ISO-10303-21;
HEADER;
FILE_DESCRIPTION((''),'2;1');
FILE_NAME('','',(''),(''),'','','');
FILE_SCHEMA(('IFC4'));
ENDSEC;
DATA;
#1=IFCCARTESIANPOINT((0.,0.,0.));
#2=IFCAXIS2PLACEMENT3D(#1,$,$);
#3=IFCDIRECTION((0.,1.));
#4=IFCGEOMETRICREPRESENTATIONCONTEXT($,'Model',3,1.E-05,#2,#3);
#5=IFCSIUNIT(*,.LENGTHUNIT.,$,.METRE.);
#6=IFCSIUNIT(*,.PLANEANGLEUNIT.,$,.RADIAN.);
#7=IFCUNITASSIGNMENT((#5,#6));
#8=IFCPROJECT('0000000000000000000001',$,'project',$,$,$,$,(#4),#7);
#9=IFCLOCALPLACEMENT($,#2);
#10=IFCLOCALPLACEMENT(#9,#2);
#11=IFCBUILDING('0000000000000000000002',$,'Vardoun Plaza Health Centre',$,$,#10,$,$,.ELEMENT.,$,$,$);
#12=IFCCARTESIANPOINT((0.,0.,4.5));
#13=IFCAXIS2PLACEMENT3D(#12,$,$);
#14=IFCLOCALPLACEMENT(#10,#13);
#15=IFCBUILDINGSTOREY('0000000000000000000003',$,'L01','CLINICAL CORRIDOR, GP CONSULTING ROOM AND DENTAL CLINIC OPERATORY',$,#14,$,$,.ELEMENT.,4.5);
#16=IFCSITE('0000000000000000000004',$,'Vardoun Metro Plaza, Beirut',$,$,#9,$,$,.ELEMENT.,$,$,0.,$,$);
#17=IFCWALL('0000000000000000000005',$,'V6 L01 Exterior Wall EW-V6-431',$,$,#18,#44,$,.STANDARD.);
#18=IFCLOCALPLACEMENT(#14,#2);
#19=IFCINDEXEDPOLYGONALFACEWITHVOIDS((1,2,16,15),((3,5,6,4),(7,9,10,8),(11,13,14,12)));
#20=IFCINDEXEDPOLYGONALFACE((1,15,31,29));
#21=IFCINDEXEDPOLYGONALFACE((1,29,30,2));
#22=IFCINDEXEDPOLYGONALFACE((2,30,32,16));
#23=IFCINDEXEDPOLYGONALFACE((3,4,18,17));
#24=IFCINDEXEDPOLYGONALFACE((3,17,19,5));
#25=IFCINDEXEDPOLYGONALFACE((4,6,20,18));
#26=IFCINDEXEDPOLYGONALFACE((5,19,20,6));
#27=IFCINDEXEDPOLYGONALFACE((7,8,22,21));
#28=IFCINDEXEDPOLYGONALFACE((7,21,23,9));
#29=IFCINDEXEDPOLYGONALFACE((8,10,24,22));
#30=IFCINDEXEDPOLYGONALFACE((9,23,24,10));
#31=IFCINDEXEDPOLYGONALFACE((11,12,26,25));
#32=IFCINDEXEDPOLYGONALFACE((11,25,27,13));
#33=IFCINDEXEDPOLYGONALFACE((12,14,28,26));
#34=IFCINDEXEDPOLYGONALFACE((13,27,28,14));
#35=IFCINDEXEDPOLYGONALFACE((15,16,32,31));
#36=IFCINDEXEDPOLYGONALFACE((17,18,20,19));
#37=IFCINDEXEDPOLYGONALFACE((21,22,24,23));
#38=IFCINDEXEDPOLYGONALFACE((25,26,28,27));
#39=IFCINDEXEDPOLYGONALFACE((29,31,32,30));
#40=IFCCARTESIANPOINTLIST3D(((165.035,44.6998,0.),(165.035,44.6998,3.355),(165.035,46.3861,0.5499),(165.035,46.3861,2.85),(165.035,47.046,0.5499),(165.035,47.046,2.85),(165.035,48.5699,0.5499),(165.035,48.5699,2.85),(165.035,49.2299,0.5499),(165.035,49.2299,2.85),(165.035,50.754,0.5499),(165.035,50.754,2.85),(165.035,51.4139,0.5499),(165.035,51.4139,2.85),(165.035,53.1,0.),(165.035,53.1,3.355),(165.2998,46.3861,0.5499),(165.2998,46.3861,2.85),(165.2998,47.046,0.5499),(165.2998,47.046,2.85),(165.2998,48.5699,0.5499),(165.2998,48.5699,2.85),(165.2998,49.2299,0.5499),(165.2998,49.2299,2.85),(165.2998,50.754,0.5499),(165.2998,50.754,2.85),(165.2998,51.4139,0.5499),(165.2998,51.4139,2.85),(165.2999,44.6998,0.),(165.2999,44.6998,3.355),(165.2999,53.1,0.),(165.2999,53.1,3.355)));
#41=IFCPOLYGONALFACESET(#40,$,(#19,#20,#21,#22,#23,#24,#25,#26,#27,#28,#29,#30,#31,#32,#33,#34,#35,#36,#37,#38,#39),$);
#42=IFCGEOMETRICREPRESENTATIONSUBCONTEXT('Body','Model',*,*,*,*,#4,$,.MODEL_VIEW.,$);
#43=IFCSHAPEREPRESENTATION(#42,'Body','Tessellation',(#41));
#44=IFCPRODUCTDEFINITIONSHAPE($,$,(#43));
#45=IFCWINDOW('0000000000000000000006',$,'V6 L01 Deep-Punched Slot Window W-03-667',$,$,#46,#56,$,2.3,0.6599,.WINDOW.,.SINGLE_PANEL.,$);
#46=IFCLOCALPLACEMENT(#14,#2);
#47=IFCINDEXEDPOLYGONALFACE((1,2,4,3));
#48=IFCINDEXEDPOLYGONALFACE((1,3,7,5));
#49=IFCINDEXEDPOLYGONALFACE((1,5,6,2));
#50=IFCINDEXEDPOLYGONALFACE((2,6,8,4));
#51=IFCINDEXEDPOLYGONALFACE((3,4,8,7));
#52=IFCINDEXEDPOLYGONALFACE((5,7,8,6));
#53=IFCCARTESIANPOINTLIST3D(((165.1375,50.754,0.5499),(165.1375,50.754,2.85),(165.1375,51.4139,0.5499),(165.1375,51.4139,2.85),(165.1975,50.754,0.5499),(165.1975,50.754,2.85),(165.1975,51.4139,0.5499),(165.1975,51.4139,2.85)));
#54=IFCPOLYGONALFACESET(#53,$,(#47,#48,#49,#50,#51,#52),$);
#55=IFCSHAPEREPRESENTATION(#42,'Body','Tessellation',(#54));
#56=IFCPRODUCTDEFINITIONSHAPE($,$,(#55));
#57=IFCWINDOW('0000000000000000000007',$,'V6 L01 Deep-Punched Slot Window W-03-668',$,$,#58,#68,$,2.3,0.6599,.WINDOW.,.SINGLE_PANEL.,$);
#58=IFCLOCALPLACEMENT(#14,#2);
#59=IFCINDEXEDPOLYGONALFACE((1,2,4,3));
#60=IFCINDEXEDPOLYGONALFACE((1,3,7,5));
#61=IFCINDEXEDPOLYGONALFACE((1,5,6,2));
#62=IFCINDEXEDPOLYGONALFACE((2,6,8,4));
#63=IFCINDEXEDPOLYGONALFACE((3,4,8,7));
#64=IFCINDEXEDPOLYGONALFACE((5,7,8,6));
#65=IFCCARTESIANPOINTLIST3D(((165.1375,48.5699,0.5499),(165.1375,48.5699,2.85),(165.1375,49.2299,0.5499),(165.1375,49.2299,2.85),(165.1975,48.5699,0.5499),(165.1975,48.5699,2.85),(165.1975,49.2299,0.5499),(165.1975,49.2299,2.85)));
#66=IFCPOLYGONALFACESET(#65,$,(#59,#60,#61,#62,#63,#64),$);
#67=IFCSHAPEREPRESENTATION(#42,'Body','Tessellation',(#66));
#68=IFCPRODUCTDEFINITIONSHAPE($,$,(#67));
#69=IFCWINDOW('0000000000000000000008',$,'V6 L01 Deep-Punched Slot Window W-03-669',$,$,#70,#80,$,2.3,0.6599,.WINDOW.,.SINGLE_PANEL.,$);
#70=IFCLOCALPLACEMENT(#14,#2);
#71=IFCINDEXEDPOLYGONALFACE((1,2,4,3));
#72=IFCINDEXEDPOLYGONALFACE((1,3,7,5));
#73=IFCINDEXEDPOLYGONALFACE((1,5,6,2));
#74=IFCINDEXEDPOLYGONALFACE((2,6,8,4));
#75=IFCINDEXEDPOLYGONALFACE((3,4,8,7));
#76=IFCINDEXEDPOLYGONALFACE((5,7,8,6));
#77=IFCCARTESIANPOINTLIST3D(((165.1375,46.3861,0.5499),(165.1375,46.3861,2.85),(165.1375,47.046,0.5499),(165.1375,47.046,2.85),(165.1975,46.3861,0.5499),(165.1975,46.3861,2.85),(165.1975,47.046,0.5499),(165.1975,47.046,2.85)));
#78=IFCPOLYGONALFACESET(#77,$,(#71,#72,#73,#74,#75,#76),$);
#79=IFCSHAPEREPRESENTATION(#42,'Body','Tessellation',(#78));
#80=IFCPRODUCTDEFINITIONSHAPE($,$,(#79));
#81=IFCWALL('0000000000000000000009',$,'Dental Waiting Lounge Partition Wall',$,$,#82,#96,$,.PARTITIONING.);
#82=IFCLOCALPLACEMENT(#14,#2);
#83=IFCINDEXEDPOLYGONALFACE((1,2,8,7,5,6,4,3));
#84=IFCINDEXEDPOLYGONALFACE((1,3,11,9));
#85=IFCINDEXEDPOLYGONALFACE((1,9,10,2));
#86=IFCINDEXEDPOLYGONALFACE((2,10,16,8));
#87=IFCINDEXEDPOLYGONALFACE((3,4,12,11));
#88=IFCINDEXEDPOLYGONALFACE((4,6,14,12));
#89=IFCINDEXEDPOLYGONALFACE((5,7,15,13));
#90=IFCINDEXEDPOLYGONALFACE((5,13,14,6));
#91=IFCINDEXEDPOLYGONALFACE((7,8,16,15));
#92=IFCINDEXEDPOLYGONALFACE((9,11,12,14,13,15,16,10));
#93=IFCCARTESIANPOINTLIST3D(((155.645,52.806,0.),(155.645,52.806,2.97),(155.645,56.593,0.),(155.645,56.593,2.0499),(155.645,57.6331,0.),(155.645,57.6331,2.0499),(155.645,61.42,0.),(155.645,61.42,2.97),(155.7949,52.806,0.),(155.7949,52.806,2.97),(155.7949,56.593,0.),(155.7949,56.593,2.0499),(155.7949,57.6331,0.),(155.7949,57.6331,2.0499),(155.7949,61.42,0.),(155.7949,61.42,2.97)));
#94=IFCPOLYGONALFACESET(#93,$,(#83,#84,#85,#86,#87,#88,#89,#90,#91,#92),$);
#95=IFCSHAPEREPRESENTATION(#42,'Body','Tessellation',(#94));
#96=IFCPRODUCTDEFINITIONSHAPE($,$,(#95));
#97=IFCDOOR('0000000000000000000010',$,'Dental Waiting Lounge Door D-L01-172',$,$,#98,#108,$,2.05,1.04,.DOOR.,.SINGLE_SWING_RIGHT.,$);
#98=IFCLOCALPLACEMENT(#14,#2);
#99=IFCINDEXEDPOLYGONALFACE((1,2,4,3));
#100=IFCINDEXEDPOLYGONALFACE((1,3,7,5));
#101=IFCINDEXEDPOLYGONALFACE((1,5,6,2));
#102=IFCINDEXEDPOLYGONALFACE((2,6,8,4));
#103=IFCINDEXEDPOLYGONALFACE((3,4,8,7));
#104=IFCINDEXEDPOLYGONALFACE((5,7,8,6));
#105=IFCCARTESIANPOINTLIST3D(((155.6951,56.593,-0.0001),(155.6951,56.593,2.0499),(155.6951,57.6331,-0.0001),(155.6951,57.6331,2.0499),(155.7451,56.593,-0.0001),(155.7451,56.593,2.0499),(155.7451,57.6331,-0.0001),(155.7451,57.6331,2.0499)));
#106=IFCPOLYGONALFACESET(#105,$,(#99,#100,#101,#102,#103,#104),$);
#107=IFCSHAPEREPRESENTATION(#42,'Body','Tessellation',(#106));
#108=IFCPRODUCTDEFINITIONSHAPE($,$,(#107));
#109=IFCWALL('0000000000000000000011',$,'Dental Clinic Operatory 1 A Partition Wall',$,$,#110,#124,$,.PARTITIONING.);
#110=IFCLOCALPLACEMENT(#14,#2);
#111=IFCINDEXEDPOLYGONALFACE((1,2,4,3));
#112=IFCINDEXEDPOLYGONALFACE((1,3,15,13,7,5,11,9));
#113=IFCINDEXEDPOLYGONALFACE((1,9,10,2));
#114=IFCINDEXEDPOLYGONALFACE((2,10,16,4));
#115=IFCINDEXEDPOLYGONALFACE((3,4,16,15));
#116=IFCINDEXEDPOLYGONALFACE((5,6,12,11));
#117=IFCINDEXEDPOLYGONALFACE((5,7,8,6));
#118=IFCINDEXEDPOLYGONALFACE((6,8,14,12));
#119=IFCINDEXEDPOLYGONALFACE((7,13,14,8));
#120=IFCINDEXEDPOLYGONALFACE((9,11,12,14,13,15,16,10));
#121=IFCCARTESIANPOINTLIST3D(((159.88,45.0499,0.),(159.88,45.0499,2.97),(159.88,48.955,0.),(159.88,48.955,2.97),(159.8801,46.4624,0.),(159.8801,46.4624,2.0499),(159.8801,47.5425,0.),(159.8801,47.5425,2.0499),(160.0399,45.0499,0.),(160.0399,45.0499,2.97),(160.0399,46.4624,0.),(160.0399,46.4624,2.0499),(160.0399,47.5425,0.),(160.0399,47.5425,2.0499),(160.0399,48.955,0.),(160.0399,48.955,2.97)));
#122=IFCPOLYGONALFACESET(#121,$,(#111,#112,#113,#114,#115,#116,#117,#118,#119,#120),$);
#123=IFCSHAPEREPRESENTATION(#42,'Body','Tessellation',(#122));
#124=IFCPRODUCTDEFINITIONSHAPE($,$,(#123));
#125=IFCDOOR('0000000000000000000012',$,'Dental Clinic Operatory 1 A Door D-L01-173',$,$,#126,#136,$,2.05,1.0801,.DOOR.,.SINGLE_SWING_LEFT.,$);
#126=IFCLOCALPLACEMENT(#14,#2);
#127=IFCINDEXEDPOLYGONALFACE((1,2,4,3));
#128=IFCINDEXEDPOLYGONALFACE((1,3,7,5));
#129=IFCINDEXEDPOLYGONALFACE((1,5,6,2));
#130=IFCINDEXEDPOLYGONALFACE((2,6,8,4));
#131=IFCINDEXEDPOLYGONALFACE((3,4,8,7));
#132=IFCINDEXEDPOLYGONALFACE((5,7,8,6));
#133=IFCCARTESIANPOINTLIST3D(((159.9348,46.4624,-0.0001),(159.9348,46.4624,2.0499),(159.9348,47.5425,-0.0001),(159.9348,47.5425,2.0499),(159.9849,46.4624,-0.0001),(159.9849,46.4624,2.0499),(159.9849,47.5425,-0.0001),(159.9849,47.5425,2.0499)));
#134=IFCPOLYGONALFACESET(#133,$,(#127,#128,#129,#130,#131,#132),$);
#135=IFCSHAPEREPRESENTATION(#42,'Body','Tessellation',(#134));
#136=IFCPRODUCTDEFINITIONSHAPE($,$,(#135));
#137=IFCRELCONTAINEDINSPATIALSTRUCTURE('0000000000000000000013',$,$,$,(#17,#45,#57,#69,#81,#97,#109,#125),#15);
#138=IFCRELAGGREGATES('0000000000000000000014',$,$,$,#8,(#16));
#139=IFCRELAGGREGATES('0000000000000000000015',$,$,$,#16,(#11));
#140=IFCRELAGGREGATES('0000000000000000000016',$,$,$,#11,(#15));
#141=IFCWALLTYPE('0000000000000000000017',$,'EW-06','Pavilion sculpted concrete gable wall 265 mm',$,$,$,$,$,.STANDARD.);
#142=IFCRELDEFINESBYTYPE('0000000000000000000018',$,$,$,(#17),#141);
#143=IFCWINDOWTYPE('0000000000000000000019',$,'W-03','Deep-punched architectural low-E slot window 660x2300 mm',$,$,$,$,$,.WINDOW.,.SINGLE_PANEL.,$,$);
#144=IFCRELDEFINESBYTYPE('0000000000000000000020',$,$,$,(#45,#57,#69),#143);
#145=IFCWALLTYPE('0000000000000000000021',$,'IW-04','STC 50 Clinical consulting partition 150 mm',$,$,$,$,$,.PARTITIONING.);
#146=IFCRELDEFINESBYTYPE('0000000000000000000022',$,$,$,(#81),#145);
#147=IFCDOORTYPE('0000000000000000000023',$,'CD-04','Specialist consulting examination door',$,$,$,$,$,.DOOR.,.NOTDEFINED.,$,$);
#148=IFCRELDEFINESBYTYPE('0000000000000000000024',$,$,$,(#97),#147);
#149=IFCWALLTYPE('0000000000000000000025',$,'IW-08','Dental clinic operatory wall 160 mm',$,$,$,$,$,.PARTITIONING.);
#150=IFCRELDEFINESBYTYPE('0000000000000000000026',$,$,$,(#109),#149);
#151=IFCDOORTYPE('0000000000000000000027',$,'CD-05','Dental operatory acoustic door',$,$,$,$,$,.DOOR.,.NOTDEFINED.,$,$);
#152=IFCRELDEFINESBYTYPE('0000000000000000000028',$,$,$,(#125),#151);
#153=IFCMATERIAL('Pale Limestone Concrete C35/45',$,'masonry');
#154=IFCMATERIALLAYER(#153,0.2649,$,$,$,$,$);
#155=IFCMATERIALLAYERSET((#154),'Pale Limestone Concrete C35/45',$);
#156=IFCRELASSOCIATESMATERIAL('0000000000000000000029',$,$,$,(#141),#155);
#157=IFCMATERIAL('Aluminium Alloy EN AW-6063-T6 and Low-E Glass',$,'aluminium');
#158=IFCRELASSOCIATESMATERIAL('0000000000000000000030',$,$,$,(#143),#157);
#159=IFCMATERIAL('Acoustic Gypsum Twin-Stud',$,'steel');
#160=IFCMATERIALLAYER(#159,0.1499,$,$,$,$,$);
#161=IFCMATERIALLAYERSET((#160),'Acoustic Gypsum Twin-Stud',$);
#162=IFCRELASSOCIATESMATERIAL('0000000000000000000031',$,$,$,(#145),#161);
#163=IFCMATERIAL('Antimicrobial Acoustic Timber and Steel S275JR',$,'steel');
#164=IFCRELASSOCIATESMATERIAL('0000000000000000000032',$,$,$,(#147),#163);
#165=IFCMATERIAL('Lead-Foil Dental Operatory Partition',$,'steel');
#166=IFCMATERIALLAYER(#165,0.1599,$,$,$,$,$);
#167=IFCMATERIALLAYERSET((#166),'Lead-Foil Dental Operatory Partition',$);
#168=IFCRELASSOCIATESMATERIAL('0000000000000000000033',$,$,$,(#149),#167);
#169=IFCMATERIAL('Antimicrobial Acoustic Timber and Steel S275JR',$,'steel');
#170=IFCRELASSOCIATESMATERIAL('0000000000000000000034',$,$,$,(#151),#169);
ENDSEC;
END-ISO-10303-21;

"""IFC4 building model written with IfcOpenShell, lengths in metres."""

from ifc_helpers import new_model, si_unit, direction, frame, frame_2d, origin, place, context, subcontext, project, spatial, rectangle, extrude, material, layer, layer_set, type_object, element, fill, save


model = new_model("IFC4")

# Units and contexts
model_context = context("Model", 3, precision=1e-05, world=origin(), true_north=direction((0.0, 1.0)))
body_context = subcontext(model_context, "Body", "Model", "MODEL_VIEW")
ifc_project = project(units=[si_unit("LENGTHUNIT", "METRE"), si_unit("PLANEANGLEUNIT", "RADIAN")], contexts=[model_context])

# Site, building, storey
site_placement = place(None, origin())
site = spatial("IfcSite", under=ifc_project, at=site_placement, Name="Vardoun Metro Plaza, Beirut", CompositionType="ELEMENT", RefElevation=0.0)
building_placement = place(site_placement, origin())
building = spatial("IfcBuilding", under=site, at=building_placement, Name="Vardoun Plaza Health Centre", CompositionType="ELEMENT")
storey_placement = place(building_placement, frame((0.0, 0.0, 4.5)))
storey = spatial("IfcBuildingStorey", under=building, at=storey_placement, Name="L01", Description="CLINICAL CORRIDOR, GP CONSULTING ROOM AND DENTAL CLINIC OPERATORY", CompositionType="ELEMENT", Elevation=4.5)

# Wall, openings, windows
ifc_material_1 = material(Name="Pale Limestone Concrete C35/45", Category="masonry")
ifc_layer_1 = layer(ifc_material_1, 0.2649)
ifc_layer_set_1 = layer_set([ifc_layer_1], Name="Pale Limestone Concrete C35/45")
wall_type_1 = type_object("IfcWallType", Name="EW-06", Description="Pavilion sculpted concrete gable wall 265 mm", PredefinedType="STANDARD", material=ifc_layer_set_1)
wall_1_placement = place(storey_placement, frame((165.1675, 53.1001, 0.0), z_axis=(0.0, 0.0, 1.0), x_axis=(0.0, -1.0, 0.0)))
wall_1 = element("IfcWall", 1, at=wall_1_placement, inside=storey, type_object=wall_type_1, Name="V6 L01 Exterior Wall EW-V6-431", PredefinedType="STANDARD", context=body_context, shape_type="SweptSolid", body=[
    extrude(rectangle(XDim=8.4001, YDim=0.2649, at=frame_2d((4.2002, 0.0))), origin(), (0.0, 0.0, 1.0), 3.355),
])
opening_1_placement = place(wall_1_placement, frame((1.686, 0.0, 0.55)))
opening_1 = element("IfcOpeningElement", 2, at=opening_1_placement, cuts=wall_1, PredefinedType="OPENING", context=body_context, shape_type="SweptSolid", body=[
    extrude(rectangle(XDim=0.6599, YDim=2.3, at=frame_2d((0.3301, 1.1499))), frame((0.0, 0.1323, 0.0), z_axis=(0.0, -1.0, 0.0), x_axis=(1.0, 0.0, 0.0)), (0.0, 0.0, 1.0), 0.2649),
])
opening_2_placement = place(wall_1_placement, frame((3.8701, 0.0, 0.55)))
opening_2 = element("IfcOpeningElement", 3, at=opening_2_placement, cuts=wall_1, PredefinedType="OPENING", context=body_context, shape_type="SweptSolid", body=[
    extrude(rectangle(XDim=0.6599, YDim=2.3, at=frame_2d((0.3301, 1.1499))), frame((0.0, 0.1323, 0.0), z_axis=(0.0, -1.0, 0.0), x_axis=(1.0, 0.0, 0.0)), (0.0, 0.0, 1.0), 0.2649),
])
opening_3_placement = place(wall_1_placement, frame((6.054, 0.0, 0.55)))
opening_3 = element("IfcOpeningElement", 4, at=opening_3_placement, cuts=wall_1, PredefinedType="OPENING", context=body_context, shape_type="SweptSolid", body=[
    extrude(rectangle(XDim=0.6599, YDim=2.3, at=frame_2d((0.3301, 1.1499))), frame((0.0, 0.1323, 0.0), z_axis=(0.0, -1.0, 0.0), x_axis=(1.0, 0.0, 0.0)), (0.0, 0.0, 1.0), 0.2649),
])
ifc_material_2 = material(Name="Aluminium Alloy EN AW-6063-T6 and Low-E Glass", Category="aluminium")
window_type = type_object("IfcWindowType", Name="W-03", Description="Deep-punched architectural low-E slot window 660x2300 mm", PartitioningType="SINGLE_PANEL", PredefinedType="WINDOW", material=ifc_material_2)
window_1_placement = place(opening_1_placement, origin())
window_1 = element("IfcWindow", 5, at=window_1_placement, inside=storey, type_object=window_type, Name="V6 L01 Deep-Punched Slot Window W-03-667", OverallHeight=2.3, OverallWidth=0.6599, PartitioningType="SINGLE_PANEL", PredefinedType="WINDOW", context=body_context, shape_type="SweptSolid", body=[
    extrude(rectangle(XDim=0.6599, YDim=2.3, at=frame_2d((0.3301, 1.1499))), frame((0.0, 0.03, 0.0), z_axis=(0.0, -1.0, 0.0), x_axis=(1.0, 0.0, 0.0)), (0.0, 0.0, 1.0), 0.0601),
])
fill(opening_1, window_1)
window_2_placement = place(opening_2_placement, origin())
window_2 = element("IfcWindow", 6, at=window_2_placement, inside=storey, type_object=window_type, Name="V6 L01 Deep-Punched Slot Window W-03-668", OverallHeight=2.3, OverallWidth=0.6599, PartitioningType="SINGLE_PANEL", PredefinedType="WINDOW", context=body_context, shape_type="SweptSolid", body=[
    extrude(rectangle(XDim=0.6599, YDim=2.3, at=frame_2d((0.3301, 1.1499))), frame((0.0, 0.03, 0.0), z_axis=(0.0, -1.0, 0.0), x_axis=(1.0, 0.0, 0.0)), (0.0, 0.0, 1.0), 0.0601),
])
fill(opening_2, window_2)
window_3_placement = place(opening_3_placement, origin())
window_3 = element("IfcWindow", 7, at=window_3_placement, inside=storey, type_object=window_type, Name="V6 L01 Deep-Punched Slot Window W-03-669", OverallHeight=2.3, OverallWidth=0.6599, PartitioningType="SINGLE_PANEL", PredefinedType="WINDOW", context=body_context, shape_type="SweptSolid", body=[
    extrude(rectangle(XDim=0.6599, YDim=2.3, at=frame_2d((0.3301, 1.1499))), frame((0.0, 0.03, 0.0), z_axis=(0.0, -1.0, 0.0), x_axis=(1.0, 0.0, 0.0)), (0.0, 0.0, 1.0), 0.0601),
])
fill(opening_3, window_3)

# Walls, openings, doors
ifc_material_3 = material(Name="Acoustic Gypsum Twin-Stud", Category="steel")
ifc_layer_2 = layer(ifc_material_3, 0.1499)
ifc_layer_set_2 = layer_set([ifc_layer_2], Name="Acoustic Gypsum Twin-Stud")
wall_type_2 = type_object("IfcWallType", Name="IW-04", Description="STC 50 Clinical consulting partition 150 mm", PredefinedType="PARTITIONING", material=ifc_layer_set_2)
wall_2_placement = place(storey_placement, frame((155.72, 52.8059, 0.0), z_axis=(0.0, 0.0, 1.0), x_axis=(0.0, 1.0, 0.0)))
wall_2 = element("IfcWall", 8, at=wall_2_placement, inside=storey, type_object=wall_type_2, Name="Dental Waiting Lounge Partition Wall", PredefinedType="PARTITIONING", context=body_context, shape_type="SweptSolid", body=[
    extrude(rectangle(XDim=8.614, YDim=0.1499, at=frame_2d((4.3071, 0.0))), origin(), (0.0, 0.0, 1.0), 2.97),
])
opening_4_placement = place(wall_2_placement, frame((3.7871, 0.0, 0.0)))
opening_4 = element("IfcOpeningElement", 9, at=opening_4_placement, cuts=wall_2, PredefinedType="OPENING", context=body_context, shape_type="SweptSolid", body=[
    extrude(rectangle(XDim=1.04, YDim=2.05, at=frame_2d((0.52, 1.0249))), frame((0.0, 0.075, 0.0), z_axis=(0.0, -1.0, 0.0), x_axis=(1.0, 0.0, 0.0)), (0.0, 0.0, 1.0), 0.1499),
])
ifc_material_4 = material(Name="Antimicrobial Acoustic Timber and Steel S275JR", Category="steel")
door_type_1 = type_object("IfcDoorType", Name="CD-04", Description="Specialist consulting examination door", OperationType="NOTDEFINED", PredefinedType="DOOR", material=ifc_material_4)
door_1_placement = place(opening_4_placement, origin())
door_1 = element("IfcDoor", 10, at=door_1_placement, inside=storey, type_object=door_type_1, Name="Dental Waiting Lounge Door D-L01-172", OperationType="SINGLE_SWING_RIGHT", OverallHeight=2.05, OverallWidth=1.04, PredefinedType="DOOR", context=body_context, shape_type="SweptSolid", body=[
    extrude(rectangle(XDim=1.04, YDim=2.05, at=frame_2d((0.52, 1.0249))), frame((0.0, 0.0249, 0.0), z_axis=(0.0, -1.0, 0.0), x_axis=(1.0, 0.0, 0.0)), (0.0, 0.0, 1.0), 0.05),
])
fill(opening_4, door_1)
ifc_material_5 = material(Name="Lead-Foil Dental Operatory Partition", Category="steel")
ifc_layer_3 = layer(ifc_material_5, 0.1599)
ifc_layer_set_3 = layer_set([ifc_layer_3], Name="Lead-Foil Dental Operatory Partition")
wall_type_3 = type_object("IfcWallType", Name="IW-08", Description="Dental clinic operatory wall 160 mm", PredefinedType="PARTITIONING", material=ifc_layer_set_3)
wall_3_placement = place(storey_placement, frame((159.96, 48.9551, 0.0), z_axis=(0.0, 0.0, 1.0), x_axis=(0.0, -1.0, 0.0)))
wall_3 = element("IfcWall", 11, at=wall_3_placement, inside=storey, type_object=wall_type_3, Name="Dental Clinic Operatory 1 A Partition Wall", PredefinedType="PARTITIONING", context=body_context, shape_type="SweptSolid", body=[
    extrude(rectangle(XDim=3.905, YDim=0.1599, at=frame_2d((1.9526, 0.0))), origin(), (0.0, 0.0, 1.0), 2.97),
])
opening_5_placement = place(wall_3_placement, frame((1.4126, 0.0, 0.0)))
opening_5 = element("IfcOpeningElement", 12, at=opening_5_placement, cuts=wall_3, PredefinedType="OPENING", context=body_context, shape_type="SweptSolid", body=[
    extrude(rectangle(XDim=1.0801, YDim=2.05, at=frame_2d((0.54, 1.0249))), frame((0.0, 0.0801, 0.0), z_axis=(0.0, -1.0, 0.0), x_axis=(1.0, 0.0, 0.0)), (0.0, 0.0, 1.0), 0.1599),
])
ifc_material_6 = material(Name="Antimicrobial Acoustic Timber and Steel S275JR", Category="steel")
door_type_2 = type_object("IfcDoorType", Name="CD-05", Description="Dental operatory acoustic door", OperationType="NOTDEFINED", PredefinedType="DOOR", material=ifc_material_6)
door_2_placement = place(opening_5_placement, origin())
door_2 = element("IfcDoor", 13, at=door_2_placement, inside=storey, type_object=door_type_2, Name="Dental Clinic Operatory 1 A Door D-L01-173", OperationType="SINGLE_SWING_LEFT", OverallHeight=2.05, OverallWidth=1.0801, PredefinedType="DOOR", context=body_context, shape_type="SweptSolid", body=[
    extrude(rectangle(XDim=1.0801, YDim=2.05, at=frame_2d((0.54, 1.0249))), frame((0.0, 0.0249, 0.0), z_axis=(0.0, -1.0, 0.0), x_axis=(1.0, 0.0, 0.0)), (0.0, 0.0, 1.0), 0.05),
])
fill(opening_5, door_2)

save(model, "model.ifc")
